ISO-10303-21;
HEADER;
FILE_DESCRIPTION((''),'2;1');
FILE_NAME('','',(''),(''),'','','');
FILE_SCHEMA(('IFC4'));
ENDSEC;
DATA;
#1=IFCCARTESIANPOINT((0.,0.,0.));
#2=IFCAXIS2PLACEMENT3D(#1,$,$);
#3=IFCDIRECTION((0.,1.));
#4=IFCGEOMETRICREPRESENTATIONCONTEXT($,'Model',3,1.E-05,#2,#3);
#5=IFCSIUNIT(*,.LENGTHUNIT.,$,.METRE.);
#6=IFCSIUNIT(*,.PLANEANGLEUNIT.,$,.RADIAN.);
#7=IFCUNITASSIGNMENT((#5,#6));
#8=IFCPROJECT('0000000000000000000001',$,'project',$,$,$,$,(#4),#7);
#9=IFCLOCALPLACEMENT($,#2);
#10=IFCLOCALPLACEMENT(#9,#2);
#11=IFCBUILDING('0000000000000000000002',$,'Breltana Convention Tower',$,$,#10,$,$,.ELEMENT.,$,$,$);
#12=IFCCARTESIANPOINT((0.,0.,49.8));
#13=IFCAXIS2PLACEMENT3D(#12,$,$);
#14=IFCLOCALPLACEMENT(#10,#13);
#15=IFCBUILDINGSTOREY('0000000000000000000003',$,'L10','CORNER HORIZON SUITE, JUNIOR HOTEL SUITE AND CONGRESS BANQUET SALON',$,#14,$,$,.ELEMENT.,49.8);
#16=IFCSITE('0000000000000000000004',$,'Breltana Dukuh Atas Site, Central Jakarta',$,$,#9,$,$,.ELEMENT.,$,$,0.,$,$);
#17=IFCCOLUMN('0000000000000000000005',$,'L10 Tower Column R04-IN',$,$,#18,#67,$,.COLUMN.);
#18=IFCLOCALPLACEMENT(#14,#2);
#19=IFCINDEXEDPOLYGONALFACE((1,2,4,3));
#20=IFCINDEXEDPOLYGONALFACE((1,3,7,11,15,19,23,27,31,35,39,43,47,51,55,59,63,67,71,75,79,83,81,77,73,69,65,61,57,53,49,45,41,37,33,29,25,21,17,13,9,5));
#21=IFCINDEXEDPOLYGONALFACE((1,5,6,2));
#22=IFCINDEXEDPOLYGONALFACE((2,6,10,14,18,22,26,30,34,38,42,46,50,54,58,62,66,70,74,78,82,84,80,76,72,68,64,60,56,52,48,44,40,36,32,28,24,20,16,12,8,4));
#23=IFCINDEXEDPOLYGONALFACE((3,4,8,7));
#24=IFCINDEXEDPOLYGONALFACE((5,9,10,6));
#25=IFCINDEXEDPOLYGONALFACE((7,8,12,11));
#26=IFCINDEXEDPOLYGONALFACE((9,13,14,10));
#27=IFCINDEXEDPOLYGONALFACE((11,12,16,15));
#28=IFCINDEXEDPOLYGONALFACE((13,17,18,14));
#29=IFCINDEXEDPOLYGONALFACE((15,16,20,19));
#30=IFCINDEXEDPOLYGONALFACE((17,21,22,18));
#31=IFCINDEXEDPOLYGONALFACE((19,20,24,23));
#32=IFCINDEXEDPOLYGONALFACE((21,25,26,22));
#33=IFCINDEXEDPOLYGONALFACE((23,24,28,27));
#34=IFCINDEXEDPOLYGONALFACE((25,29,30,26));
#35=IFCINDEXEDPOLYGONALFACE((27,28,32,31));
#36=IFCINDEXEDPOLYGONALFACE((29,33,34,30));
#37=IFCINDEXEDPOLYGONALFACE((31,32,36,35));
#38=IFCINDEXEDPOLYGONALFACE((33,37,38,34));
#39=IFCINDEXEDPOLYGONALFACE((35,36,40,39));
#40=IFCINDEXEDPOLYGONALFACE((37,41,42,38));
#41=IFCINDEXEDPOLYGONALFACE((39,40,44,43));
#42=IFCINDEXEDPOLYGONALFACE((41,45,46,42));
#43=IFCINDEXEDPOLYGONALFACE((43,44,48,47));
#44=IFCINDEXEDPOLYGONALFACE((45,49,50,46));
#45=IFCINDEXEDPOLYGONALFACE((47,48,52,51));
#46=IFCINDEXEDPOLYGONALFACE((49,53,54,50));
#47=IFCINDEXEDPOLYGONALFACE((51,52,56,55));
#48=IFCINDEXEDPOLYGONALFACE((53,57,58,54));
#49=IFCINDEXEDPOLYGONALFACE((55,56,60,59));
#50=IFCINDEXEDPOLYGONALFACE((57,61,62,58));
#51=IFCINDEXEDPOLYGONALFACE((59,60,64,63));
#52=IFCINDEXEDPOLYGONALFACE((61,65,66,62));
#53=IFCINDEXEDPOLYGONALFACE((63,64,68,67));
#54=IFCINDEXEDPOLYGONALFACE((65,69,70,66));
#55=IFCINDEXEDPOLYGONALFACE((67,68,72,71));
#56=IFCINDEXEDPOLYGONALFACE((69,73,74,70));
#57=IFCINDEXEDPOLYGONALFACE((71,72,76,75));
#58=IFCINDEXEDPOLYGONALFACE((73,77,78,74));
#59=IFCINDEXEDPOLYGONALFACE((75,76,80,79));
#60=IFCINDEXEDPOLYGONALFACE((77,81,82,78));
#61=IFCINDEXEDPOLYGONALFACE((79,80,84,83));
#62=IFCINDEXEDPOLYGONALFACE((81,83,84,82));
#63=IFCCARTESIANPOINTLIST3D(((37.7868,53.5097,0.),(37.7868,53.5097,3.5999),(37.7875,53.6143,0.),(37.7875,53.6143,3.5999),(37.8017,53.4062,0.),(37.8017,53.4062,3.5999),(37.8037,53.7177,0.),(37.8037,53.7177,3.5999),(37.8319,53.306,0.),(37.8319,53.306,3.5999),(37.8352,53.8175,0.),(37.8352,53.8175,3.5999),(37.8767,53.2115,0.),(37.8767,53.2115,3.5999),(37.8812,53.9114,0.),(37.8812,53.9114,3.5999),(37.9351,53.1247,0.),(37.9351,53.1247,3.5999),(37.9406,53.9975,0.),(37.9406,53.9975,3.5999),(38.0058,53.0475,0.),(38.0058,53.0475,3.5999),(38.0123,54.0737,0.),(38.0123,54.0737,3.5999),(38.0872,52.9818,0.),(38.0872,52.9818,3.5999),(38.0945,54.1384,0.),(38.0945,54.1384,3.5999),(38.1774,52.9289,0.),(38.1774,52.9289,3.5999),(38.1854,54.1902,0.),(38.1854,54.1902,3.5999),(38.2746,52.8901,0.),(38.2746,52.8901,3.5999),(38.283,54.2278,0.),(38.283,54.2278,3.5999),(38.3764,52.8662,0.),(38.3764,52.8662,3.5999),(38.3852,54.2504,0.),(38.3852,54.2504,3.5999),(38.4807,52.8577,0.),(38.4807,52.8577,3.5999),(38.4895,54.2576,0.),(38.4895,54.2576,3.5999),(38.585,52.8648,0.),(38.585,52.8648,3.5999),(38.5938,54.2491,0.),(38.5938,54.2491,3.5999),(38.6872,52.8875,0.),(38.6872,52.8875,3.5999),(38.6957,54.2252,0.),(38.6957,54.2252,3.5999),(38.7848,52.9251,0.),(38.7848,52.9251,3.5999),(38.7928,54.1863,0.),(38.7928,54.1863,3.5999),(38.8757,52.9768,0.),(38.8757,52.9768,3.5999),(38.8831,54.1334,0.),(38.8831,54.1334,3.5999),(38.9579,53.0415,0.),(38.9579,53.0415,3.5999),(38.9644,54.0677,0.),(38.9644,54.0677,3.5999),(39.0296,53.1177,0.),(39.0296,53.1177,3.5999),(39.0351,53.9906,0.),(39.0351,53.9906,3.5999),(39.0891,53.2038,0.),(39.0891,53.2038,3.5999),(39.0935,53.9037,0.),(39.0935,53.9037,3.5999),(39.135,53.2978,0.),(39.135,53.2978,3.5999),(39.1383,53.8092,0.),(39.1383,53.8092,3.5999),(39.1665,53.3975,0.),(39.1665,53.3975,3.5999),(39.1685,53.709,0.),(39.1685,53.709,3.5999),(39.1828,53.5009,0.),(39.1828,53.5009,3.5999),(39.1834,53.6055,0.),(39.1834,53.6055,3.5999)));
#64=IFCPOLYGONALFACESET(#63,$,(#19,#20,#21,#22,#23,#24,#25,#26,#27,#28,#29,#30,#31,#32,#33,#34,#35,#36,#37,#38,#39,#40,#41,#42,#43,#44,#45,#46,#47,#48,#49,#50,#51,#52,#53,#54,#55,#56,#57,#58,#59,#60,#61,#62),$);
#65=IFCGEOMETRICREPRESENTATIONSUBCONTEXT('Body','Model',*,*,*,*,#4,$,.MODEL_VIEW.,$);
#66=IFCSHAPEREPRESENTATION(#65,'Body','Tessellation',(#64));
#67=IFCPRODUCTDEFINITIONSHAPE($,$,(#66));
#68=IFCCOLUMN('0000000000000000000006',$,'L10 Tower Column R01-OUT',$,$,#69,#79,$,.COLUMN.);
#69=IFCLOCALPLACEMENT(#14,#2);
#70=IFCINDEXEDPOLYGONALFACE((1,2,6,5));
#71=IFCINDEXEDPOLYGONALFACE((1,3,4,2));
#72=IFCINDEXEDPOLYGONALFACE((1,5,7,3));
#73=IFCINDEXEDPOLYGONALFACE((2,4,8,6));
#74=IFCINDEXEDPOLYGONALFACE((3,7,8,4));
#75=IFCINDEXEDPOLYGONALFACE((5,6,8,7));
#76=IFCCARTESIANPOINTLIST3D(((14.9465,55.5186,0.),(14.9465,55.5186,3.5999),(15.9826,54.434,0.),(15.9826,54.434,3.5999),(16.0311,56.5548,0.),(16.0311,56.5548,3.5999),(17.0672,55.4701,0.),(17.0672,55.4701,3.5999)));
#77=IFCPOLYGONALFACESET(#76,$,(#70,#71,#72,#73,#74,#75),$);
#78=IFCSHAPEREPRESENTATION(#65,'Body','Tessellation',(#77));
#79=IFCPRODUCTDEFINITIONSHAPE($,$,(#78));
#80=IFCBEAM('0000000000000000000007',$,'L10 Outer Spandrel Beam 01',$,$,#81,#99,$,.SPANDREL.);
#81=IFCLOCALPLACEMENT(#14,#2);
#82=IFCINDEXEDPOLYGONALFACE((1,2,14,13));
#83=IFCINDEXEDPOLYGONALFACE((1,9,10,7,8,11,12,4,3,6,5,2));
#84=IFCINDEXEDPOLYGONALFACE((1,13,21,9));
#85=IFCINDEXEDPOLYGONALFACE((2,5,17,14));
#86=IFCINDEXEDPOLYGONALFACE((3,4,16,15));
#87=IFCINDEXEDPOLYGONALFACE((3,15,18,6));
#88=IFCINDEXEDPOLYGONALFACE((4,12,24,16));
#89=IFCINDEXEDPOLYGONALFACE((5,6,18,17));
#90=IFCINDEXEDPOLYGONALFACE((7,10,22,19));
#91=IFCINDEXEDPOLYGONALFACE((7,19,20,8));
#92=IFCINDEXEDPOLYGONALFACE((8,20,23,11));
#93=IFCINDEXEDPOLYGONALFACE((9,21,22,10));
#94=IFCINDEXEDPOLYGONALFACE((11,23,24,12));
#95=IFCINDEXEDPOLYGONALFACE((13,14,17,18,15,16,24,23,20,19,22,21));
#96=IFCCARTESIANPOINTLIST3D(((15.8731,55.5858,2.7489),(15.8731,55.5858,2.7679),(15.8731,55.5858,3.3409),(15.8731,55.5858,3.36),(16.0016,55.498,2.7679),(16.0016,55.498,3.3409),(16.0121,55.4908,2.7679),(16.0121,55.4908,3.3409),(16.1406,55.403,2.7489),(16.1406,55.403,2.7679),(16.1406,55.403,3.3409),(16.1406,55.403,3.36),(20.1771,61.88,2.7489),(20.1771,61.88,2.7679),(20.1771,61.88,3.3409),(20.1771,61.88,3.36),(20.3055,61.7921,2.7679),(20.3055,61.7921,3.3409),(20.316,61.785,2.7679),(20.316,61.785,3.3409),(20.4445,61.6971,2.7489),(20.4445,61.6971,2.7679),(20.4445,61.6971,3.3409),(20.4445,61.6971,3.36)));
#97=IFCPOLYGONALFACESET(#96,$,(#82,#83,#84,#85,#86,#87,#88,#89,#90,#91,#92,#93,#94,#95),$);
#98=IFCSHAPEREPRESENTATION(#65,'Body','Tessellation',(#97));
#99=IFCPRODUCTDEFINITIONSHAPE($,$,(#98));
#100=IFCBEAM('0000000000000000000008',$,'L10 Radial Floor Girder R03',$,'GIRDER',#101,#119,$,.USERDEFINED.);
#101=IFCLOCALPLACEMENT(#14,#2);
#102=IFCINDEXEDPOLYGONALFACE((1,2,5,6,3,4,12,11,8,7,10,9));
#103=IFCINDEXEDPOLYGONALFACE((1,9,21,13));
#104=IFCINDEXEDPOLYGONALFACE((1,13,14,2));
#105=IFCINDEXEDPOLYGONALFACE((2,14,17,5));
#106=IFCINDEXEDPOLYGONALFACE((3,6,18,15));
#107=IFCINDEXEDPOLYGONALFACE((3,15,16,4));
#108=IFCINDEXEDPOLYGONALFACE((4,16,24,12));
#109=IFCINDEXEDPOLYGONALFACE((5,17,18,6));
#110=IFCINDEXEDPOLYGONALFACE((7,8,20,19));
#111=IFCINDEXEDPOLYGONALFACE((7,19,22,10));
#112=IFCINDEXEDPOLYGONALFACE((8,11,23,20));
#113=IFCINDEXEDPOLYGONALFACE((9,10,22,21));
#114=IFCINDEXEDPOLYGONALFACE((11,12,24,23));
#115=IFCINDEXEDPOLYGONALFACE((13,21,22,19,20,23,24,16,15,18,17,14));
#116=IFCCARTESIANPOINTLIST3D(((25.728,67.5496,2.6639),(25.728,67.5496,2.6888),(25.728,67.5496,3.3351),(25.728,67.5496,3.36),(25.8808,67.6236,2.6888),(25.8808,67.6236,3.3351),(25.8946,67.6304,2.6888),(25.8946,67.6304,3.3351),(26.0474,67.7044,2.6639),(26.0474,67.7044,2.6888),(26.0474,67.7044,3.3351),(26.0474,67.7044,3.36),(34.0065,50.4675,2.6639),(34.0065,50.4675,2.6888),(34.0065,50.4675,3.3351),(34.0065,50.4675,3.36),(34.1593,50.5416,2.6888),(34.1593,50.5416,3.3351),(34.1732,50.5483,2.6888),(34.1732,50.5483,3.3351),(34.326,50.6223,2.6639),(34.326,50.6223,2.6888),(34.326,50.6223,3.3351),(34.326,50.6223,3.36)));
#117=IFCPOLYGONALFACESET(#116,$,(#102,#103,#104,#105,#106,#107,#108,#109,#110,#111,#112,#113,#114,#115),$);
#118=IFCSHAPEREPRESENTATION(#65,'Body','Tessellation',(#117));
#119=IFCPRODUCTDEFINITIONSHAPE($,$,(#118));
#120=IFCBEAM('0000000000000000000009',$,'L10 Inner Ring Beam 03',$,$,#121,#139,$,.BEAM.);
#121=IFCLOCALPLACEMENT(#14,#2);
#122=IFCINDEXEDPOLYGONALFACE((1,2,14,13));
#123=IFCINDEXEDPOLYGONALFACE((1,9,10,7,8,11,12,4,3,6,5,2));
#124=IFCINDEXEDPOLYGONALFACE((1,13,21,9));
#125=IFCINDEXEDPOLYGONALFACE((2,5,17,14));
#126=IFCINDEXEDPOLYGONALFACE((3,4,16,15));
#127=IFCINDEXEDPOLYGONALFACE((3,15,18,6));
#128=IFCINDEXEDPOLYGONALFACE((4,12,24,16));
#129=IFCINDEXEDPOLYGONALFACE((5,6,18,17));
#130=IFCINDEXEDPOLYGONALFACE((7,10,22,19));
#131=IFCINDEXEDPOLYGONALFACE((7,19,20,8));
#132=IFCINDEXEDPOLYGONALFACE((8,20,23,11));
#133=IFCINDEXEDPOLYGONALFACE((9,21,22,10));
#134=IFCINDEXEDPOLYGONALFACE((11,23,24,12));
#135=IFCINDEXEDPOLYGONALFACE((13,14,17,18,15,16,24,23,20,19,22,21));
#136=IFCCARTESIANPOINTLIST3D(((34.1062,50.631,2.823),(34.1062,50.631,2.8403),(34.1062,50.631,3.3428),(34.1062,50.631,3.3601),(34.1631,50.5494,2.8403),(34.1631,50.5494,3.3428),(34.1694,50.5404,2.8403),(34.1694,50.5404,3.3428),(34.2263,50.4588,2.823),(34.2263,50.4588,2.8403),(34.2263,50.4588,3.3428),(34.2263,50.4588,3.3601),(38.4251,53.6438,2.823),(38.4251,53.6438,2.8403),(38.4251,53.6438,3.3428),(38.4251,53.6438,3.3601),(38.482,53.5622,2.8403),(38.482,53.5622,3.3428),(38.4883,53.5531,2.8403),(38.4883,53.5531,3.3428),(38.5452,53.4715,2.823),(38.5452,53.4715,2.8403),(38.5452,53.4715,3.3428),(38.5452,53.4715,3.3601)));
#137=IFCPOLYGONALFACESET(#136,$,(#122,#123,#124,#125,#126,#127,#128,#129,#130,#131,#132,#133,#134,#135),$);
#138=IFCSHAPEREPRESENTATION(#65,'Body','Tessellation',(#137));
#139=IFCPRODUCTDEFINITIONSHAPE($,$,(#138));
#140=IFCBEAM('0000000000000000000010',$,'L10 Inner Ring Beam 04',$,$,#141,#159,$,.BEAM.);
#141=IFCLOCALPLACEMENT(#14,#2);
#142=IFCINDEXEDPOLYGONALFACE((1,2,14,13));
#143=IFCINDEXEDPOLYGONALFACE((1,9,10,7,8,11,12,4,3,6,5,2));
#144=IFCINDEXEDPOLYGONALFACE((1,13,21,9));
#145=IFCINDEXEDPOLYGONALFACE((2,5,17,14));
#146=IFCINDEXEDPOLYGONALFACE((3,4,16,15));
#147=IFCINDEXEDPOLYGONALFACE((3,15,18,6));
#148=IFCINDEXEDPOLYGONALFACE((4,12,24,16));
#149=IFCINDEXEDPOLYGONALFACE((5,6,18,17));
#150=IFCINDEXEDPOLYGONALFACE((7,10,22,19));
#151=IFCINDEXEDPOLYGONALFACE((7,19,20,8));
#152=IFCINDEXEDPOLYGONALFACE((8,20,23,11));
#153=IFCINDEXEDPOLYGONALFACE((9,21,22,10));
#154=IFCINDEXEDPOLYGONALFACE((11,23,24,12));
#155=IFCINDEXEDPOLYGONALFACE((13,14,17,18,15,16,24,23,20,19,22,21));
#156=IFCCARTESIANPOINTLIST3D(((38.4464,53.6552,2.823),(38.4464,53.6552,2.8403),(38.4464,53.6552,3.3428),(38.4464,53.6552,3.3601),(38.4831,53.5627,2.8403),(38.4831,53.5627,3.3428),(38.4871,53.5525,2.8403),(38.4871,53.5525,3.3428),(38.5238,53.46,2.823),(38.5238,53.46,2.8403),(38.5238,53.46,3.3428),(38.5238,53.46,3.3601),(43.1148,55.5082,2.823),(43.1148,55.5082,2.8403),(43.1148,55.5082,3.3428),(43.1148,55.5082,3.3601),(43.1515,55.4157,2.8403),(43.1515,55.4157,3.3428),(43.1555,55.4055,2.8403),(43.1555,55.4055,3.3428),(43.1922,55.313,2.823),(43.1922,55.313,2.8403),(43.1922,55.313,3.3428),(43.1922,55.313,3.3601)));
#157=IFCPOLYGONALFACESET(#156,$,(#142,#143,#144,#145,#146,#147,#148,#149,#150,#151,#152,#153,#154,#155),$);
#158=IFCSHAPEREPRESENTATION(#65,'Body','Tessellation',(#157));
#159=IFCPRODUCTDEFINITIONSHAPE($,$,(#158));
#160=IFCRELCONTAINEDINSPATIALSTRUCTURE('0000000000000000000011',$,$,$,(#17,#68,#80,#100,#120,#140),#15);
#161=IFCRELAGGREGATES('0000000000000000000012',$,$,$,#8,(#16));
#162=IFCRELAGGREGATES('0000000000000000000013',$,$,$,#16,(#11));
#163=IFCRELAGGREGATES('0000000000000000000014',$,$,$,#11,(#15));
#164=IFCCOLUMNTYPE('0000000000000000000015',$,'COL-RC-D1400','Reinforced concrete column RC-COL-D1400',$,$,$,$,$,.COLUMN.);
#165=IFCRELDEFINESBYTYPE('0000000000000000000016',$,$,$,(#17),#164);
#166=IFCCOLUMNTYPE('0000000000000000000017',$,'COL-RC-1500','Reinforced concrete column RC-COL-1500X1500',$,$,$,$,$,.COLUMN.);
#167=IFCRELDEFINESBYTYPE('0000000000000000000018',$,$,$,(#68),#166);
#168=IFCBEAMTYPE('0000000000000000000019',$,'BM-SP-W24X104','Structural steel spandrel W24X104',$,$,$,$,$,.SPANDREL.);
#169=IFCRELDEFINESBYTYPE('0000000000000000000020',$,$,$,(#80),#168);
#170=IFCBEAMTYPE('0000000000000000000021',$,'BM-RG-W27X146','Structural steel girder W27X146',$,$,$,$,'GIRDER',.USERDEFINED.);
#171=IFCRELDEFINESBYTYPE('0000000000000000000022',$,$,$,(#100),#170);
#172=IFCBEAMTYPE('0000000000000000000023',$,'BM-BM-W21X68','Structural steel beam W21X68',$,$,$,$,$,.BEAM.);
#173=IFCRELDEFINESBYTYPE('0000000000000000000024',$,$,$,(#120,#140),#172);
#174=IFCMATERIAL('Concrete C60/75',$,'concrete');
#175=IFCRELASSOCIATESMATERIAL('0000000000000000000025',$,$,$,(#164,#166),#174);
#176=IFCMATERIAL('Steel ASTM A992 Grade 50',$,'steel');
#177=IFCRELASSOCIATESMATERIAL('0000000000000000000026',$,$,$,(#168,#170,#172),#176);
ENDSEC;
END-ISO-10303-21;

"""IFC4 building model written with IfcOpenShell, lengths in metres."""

from ifc_helpers import new_model, si_unit, direction, frame, origin, origin_2d, place, context, subcontext, project, spatial, rectangle, circle, i_section, extrude, source, transform, mapped, material, material_profile, profile_set, type_object, type_shapes, element, save


model = new_model("IFC4")

# Units and contexts
model_context = context("Model", 3, precision=1e-05, world=origin(), true_north=direction((0.0, 1.0)))
body_context = subcontext(model_context, "Body", "Model", "MODEL_VIEW")
ifc_project = project(units=[si_unit("LENGTHUNIT", "METRE"), si_unit("PLANEANGLEUNIT", "RADIAN")], contexts=[model_context])

# Site, building, storey
site_placement = place(None, origin())
site = spatial("IfcSite", under=ifc_project, at=site_placement, Name="Breltana Dukuh Atas Site, Central Jakarta", CompositionType="ELEMENT", RefElevation=0.0)
building_placement = place(site_placement, origin())
building = spatial("IfcBuilding", under=site, at=building_placement, Name="Breltana Convention Tower", CompositionType="ELEMENT")
storey_placement = place(building_placement, frame((0.0, 0.0, 49.8)))
storey = spatial("IfcBuildingStorey", under=building, at=storey_placement, Name="L10", Description="CORNER HORIZON SUITE, JUNIOR HOTEL SUITE AND CONGRESS BANQUET SALON", CompositionType="ELEMENT", Elevation=49.8)

# Columns
ifc_material_1 = material(Name="Concrete C60/75", Category="concrete")
ifc_material_profile_1 = material_profile(ifc_material_1, circle(Radius=0.7, at=origin_2d()), Name="RC-COL-D1400")
ifc_profile_set_1 = profile_set([ifc_material_profile_1], Name="Concrete C60/75")
column_type_1 = type_object("IfcColumnType", Name="COL-RC-D1400", Description="Reinforced concrete column RC-COL-D1400", PredefinedType="COLUMN", material=ifc_profile_set_1)
shared_shape_1 = source(origin(), body_context, "Body", "SweptSolid", [
    extrude(circle(Radius=0.7, at=origin_2d()), origin(), (0.0, 0.0, 1.0), 3.5999),
])
for number, where, z_axis, x_axis, name in (
    (1, (38.4851, 53.5576, 0.0), (0.0, 0.0, 1.0), (-0.288698, 0.95742, 0.0), "L10 Tower Column R04-IN"),
):
    element("IfcColumn", number, at=place(storey_placement, frame(where, z_axis=z_axis, x_axis=x_axis)), inside=storey, type_object=column_type_1, Name=name, PredefinedType="COLUMN", context=body_context, shape_type="MappedRepresentation", body=[
        mapped(shared_shape_1, transform((0.0, 0.0, 0.0), scale=1.0)),
    ])
ifc_material_profile_2 = material_profile(ifc_material_1, rectangle(XDim=1.5, YDim=1.5, at=origin_2d()), Name="RC-COL-1500X1500")
ifc_profile_set_2 = profile_set([ifc_material_profile_2], Name="Concrete C60/75")
column_type_2 = type_object("IfcColumnType", Name="COL-RC-1500", Description="Reinforced concrete column RC-COL-1500X1500", PredefinedType="COLUMN", material=ifc_profile_set_2)
shared_shape_2 = source(origin(), body_context, "Body", "SweptSolid", [
    extrude(rectangle(XDim=1.5, YDim=1.5, at=origin_2d()), origin(), (0.0, 0.0, 1.0), 3.5999),
])
column_placement = place(storey_placement, frame((16.0068, 55.4944, 0.0), z_axis=(0.0, 0.0, 1.0), x_axis=(-0.690756, 0.723088, 0.0)))
element("IfcColumn", 2, at=column_placement, inside=storey, type_object=column_type_2, Name="L10 Tower Column R01-OUT", PredefinedType="COLUMN", context=body_context, shape_type="MappedRepresentation", body=[
    mapped(shared_shape_2, transform((0.0, 0.0, 0.0), scale=1.0)),
])

# Beams
ifc_material_2 = material(Name="Steel ASTM A992 Grade 50", Category="steel")
ifc_material_profile_3 = material_profile(ifc_material_2, i_section(OverallWidth=0.324, OverallDepth=0.6111, WebThickness=0.0127, FlangeThickness=0.019, at=origin_2d()), Name="W24X104")
ifc_profile_set_3 = profile_set([ifc_material_profile_3], Name="Steel ASTM A992 Grade 50")
beam_type_1 = type_object("IfcBeamType", Name="BM-SP-W24X104", Description="Structural steel spandrel W24X104", PredefinedType="SPANDREL", material=ifc_profile_set_3)
shared_shape_3 = source(origin(), body_context, "Body", "SweptSolid", [
    extrude(i_section(OverallWidth=0.324, OverallDepth=0.6111, WebThickness=0.0127, FlangeThickness=0.019, at=origin_2d()), origin(), (0.0, 0.0, 1.0), 7.625),
])
type_shapes(beam_type_1, [shared_shape_3])
beam_1_placement = place(storey_placement, frame((16.0068, 55.4944, 3.0544), z_axis=(0.564452, 0.825466, 0.0), x_axis=(-0.825466, 0.564452, 0.0)))
element("IfcBeam", 3, at=beam_1_placement, inside=storey, type_object=beam_type_1, Name="L10 Outer Spandrel Beam 01", PredefinedType="SPANDREL", context=body_context, shape_type="MappedRepresentation", body=[
    mapped(shared_shape_3, transform((0.0, 0.0, 0.0), scale=1.0)),
])
ifc_material_profile_4 = material_profile(ifc_material_2, i_section(OverallWidth=0.355, OverallDepth=0.696, WebThickness=0.0154, FlangeThickness=0.0249, at=origin_2d()), Name="W27X146")
ifc_profile_set_4 = profile_set([ifc_material_profile_4], Name="Steel ASTM A992 Grade 50")
beam_type_2 = type_object("IfcBeamType", Name="BM-RG-W27X146", Description="Structural steel girder W27X146", ElementType="GIRDER", PredefinedType="USERDEFINED", material=ifc_profile_set_4)
shared_shape_4 = source(origin(), body_context, "Body", "SweptSolid", [
    extrude(i_section(OverallWidth=0.355, OverallDepth=0.696, WebThickness=0.0154, FlangeThickness=0.0249, at=origin_2d()), origin(), (0.0, 0.0, 1.0), 18.9824),
])
beam_2_placement = place(storey_placement, frame((34.1663, 50.5449, 3.012), z_axis=(-0.436119, 0.899889, 0.0), x_axis=(-0.899889, -0.436119, 0.0)))
element("IfcBeam", 4, at=beam_2_placement, inside=storey, type_object=beam_type_2, Name="L10 Radial Floor Girder R03", ObjectType="GIRDER", PredefinedType="USERDEFINED", context=body_context, shape_type="MappedRepresentation", body=[
    mapped(shared_shape_4, transform((0.0, 0.0, 0.0), scale=1.0)),
])
ifc_material_profile_5 = material_profile(ifc_material_2, i_section(OverallWidth=0.21, OverallDepth=0.5371, WebThickness=0.011, FlangeThickness=0.0173, at=origin_2d()), Name="W21X68")
ifc_profile_set_5 = profile_set([ifc_material_profile_5], Name="Steel ASTM A992 Grade 50")
beam_type_3 = type_object("IfcBeamType", Name="BM-BM-W21X68", Description="Structural steel beam W21X68", PredefinedType="BEAM", material=ifc_profile_set_5)
shared_shape_5 = source(origin(), body_context, "Body", "SweptSolid", [
    extrude(i_section(OverallWidth=0.21, OverallDepth=0.5371, WebThickness=0.011, FlangeThickness=0.0173, at=origin_2d()), origin(), (0.0, 0.0, 1.0), 5.2659),
])
beam_3_placement = place(storey_placement, frame((34.1663, 50.5449, 3.0916), z_axis=(0.820167, 0.572124, 0.0), x_axis=(-0.572124, 0.820167, 0.0)))
element("IfcBeam", 5, at=beam_3_placement, inside=storey, type_object=beam_type_3, Name="L10 Inner Ring Beam 03", PredefinedType="BEAM", context=body_context, shape_type="MappedRepresentation", body=[
    mapped(shared_shape_5, transform((0.0, 0.0, 0.0), scale=1.0)),
])
shared_shape_6 = source(origin(), body_context, "Body", "SweptSolid", [
    extrude(i_section(OverallWidth=0.21, OverallDepth=0.5371, WebThickness=0.011, FlangeThickness=0.0173, at=origin_2d()), origin(), (0.0, 0.0, 1.0), 5.0227),
])
beam_4_placement = place(storey_placement, frame((38.4851, 53.5576, 3.0916), z_axis=(0.929459, 0.368926, 0.0), x_axis=(-0.368926, 0.929459, 0.0)))
element("IfcBeam", 6, at=beam_4_placement, inside=storey, type_object=beam_type_3, Name="L10 Inner Ring Beam 04", PredefinedType="BEAM", context=body_context, shape_type="MappedRepresentation", body=[
    mapped(shared_shape_6, transform((0.0, 0.0, 0.0), scale=1.0)),
])

save(model, "model.ifc")
